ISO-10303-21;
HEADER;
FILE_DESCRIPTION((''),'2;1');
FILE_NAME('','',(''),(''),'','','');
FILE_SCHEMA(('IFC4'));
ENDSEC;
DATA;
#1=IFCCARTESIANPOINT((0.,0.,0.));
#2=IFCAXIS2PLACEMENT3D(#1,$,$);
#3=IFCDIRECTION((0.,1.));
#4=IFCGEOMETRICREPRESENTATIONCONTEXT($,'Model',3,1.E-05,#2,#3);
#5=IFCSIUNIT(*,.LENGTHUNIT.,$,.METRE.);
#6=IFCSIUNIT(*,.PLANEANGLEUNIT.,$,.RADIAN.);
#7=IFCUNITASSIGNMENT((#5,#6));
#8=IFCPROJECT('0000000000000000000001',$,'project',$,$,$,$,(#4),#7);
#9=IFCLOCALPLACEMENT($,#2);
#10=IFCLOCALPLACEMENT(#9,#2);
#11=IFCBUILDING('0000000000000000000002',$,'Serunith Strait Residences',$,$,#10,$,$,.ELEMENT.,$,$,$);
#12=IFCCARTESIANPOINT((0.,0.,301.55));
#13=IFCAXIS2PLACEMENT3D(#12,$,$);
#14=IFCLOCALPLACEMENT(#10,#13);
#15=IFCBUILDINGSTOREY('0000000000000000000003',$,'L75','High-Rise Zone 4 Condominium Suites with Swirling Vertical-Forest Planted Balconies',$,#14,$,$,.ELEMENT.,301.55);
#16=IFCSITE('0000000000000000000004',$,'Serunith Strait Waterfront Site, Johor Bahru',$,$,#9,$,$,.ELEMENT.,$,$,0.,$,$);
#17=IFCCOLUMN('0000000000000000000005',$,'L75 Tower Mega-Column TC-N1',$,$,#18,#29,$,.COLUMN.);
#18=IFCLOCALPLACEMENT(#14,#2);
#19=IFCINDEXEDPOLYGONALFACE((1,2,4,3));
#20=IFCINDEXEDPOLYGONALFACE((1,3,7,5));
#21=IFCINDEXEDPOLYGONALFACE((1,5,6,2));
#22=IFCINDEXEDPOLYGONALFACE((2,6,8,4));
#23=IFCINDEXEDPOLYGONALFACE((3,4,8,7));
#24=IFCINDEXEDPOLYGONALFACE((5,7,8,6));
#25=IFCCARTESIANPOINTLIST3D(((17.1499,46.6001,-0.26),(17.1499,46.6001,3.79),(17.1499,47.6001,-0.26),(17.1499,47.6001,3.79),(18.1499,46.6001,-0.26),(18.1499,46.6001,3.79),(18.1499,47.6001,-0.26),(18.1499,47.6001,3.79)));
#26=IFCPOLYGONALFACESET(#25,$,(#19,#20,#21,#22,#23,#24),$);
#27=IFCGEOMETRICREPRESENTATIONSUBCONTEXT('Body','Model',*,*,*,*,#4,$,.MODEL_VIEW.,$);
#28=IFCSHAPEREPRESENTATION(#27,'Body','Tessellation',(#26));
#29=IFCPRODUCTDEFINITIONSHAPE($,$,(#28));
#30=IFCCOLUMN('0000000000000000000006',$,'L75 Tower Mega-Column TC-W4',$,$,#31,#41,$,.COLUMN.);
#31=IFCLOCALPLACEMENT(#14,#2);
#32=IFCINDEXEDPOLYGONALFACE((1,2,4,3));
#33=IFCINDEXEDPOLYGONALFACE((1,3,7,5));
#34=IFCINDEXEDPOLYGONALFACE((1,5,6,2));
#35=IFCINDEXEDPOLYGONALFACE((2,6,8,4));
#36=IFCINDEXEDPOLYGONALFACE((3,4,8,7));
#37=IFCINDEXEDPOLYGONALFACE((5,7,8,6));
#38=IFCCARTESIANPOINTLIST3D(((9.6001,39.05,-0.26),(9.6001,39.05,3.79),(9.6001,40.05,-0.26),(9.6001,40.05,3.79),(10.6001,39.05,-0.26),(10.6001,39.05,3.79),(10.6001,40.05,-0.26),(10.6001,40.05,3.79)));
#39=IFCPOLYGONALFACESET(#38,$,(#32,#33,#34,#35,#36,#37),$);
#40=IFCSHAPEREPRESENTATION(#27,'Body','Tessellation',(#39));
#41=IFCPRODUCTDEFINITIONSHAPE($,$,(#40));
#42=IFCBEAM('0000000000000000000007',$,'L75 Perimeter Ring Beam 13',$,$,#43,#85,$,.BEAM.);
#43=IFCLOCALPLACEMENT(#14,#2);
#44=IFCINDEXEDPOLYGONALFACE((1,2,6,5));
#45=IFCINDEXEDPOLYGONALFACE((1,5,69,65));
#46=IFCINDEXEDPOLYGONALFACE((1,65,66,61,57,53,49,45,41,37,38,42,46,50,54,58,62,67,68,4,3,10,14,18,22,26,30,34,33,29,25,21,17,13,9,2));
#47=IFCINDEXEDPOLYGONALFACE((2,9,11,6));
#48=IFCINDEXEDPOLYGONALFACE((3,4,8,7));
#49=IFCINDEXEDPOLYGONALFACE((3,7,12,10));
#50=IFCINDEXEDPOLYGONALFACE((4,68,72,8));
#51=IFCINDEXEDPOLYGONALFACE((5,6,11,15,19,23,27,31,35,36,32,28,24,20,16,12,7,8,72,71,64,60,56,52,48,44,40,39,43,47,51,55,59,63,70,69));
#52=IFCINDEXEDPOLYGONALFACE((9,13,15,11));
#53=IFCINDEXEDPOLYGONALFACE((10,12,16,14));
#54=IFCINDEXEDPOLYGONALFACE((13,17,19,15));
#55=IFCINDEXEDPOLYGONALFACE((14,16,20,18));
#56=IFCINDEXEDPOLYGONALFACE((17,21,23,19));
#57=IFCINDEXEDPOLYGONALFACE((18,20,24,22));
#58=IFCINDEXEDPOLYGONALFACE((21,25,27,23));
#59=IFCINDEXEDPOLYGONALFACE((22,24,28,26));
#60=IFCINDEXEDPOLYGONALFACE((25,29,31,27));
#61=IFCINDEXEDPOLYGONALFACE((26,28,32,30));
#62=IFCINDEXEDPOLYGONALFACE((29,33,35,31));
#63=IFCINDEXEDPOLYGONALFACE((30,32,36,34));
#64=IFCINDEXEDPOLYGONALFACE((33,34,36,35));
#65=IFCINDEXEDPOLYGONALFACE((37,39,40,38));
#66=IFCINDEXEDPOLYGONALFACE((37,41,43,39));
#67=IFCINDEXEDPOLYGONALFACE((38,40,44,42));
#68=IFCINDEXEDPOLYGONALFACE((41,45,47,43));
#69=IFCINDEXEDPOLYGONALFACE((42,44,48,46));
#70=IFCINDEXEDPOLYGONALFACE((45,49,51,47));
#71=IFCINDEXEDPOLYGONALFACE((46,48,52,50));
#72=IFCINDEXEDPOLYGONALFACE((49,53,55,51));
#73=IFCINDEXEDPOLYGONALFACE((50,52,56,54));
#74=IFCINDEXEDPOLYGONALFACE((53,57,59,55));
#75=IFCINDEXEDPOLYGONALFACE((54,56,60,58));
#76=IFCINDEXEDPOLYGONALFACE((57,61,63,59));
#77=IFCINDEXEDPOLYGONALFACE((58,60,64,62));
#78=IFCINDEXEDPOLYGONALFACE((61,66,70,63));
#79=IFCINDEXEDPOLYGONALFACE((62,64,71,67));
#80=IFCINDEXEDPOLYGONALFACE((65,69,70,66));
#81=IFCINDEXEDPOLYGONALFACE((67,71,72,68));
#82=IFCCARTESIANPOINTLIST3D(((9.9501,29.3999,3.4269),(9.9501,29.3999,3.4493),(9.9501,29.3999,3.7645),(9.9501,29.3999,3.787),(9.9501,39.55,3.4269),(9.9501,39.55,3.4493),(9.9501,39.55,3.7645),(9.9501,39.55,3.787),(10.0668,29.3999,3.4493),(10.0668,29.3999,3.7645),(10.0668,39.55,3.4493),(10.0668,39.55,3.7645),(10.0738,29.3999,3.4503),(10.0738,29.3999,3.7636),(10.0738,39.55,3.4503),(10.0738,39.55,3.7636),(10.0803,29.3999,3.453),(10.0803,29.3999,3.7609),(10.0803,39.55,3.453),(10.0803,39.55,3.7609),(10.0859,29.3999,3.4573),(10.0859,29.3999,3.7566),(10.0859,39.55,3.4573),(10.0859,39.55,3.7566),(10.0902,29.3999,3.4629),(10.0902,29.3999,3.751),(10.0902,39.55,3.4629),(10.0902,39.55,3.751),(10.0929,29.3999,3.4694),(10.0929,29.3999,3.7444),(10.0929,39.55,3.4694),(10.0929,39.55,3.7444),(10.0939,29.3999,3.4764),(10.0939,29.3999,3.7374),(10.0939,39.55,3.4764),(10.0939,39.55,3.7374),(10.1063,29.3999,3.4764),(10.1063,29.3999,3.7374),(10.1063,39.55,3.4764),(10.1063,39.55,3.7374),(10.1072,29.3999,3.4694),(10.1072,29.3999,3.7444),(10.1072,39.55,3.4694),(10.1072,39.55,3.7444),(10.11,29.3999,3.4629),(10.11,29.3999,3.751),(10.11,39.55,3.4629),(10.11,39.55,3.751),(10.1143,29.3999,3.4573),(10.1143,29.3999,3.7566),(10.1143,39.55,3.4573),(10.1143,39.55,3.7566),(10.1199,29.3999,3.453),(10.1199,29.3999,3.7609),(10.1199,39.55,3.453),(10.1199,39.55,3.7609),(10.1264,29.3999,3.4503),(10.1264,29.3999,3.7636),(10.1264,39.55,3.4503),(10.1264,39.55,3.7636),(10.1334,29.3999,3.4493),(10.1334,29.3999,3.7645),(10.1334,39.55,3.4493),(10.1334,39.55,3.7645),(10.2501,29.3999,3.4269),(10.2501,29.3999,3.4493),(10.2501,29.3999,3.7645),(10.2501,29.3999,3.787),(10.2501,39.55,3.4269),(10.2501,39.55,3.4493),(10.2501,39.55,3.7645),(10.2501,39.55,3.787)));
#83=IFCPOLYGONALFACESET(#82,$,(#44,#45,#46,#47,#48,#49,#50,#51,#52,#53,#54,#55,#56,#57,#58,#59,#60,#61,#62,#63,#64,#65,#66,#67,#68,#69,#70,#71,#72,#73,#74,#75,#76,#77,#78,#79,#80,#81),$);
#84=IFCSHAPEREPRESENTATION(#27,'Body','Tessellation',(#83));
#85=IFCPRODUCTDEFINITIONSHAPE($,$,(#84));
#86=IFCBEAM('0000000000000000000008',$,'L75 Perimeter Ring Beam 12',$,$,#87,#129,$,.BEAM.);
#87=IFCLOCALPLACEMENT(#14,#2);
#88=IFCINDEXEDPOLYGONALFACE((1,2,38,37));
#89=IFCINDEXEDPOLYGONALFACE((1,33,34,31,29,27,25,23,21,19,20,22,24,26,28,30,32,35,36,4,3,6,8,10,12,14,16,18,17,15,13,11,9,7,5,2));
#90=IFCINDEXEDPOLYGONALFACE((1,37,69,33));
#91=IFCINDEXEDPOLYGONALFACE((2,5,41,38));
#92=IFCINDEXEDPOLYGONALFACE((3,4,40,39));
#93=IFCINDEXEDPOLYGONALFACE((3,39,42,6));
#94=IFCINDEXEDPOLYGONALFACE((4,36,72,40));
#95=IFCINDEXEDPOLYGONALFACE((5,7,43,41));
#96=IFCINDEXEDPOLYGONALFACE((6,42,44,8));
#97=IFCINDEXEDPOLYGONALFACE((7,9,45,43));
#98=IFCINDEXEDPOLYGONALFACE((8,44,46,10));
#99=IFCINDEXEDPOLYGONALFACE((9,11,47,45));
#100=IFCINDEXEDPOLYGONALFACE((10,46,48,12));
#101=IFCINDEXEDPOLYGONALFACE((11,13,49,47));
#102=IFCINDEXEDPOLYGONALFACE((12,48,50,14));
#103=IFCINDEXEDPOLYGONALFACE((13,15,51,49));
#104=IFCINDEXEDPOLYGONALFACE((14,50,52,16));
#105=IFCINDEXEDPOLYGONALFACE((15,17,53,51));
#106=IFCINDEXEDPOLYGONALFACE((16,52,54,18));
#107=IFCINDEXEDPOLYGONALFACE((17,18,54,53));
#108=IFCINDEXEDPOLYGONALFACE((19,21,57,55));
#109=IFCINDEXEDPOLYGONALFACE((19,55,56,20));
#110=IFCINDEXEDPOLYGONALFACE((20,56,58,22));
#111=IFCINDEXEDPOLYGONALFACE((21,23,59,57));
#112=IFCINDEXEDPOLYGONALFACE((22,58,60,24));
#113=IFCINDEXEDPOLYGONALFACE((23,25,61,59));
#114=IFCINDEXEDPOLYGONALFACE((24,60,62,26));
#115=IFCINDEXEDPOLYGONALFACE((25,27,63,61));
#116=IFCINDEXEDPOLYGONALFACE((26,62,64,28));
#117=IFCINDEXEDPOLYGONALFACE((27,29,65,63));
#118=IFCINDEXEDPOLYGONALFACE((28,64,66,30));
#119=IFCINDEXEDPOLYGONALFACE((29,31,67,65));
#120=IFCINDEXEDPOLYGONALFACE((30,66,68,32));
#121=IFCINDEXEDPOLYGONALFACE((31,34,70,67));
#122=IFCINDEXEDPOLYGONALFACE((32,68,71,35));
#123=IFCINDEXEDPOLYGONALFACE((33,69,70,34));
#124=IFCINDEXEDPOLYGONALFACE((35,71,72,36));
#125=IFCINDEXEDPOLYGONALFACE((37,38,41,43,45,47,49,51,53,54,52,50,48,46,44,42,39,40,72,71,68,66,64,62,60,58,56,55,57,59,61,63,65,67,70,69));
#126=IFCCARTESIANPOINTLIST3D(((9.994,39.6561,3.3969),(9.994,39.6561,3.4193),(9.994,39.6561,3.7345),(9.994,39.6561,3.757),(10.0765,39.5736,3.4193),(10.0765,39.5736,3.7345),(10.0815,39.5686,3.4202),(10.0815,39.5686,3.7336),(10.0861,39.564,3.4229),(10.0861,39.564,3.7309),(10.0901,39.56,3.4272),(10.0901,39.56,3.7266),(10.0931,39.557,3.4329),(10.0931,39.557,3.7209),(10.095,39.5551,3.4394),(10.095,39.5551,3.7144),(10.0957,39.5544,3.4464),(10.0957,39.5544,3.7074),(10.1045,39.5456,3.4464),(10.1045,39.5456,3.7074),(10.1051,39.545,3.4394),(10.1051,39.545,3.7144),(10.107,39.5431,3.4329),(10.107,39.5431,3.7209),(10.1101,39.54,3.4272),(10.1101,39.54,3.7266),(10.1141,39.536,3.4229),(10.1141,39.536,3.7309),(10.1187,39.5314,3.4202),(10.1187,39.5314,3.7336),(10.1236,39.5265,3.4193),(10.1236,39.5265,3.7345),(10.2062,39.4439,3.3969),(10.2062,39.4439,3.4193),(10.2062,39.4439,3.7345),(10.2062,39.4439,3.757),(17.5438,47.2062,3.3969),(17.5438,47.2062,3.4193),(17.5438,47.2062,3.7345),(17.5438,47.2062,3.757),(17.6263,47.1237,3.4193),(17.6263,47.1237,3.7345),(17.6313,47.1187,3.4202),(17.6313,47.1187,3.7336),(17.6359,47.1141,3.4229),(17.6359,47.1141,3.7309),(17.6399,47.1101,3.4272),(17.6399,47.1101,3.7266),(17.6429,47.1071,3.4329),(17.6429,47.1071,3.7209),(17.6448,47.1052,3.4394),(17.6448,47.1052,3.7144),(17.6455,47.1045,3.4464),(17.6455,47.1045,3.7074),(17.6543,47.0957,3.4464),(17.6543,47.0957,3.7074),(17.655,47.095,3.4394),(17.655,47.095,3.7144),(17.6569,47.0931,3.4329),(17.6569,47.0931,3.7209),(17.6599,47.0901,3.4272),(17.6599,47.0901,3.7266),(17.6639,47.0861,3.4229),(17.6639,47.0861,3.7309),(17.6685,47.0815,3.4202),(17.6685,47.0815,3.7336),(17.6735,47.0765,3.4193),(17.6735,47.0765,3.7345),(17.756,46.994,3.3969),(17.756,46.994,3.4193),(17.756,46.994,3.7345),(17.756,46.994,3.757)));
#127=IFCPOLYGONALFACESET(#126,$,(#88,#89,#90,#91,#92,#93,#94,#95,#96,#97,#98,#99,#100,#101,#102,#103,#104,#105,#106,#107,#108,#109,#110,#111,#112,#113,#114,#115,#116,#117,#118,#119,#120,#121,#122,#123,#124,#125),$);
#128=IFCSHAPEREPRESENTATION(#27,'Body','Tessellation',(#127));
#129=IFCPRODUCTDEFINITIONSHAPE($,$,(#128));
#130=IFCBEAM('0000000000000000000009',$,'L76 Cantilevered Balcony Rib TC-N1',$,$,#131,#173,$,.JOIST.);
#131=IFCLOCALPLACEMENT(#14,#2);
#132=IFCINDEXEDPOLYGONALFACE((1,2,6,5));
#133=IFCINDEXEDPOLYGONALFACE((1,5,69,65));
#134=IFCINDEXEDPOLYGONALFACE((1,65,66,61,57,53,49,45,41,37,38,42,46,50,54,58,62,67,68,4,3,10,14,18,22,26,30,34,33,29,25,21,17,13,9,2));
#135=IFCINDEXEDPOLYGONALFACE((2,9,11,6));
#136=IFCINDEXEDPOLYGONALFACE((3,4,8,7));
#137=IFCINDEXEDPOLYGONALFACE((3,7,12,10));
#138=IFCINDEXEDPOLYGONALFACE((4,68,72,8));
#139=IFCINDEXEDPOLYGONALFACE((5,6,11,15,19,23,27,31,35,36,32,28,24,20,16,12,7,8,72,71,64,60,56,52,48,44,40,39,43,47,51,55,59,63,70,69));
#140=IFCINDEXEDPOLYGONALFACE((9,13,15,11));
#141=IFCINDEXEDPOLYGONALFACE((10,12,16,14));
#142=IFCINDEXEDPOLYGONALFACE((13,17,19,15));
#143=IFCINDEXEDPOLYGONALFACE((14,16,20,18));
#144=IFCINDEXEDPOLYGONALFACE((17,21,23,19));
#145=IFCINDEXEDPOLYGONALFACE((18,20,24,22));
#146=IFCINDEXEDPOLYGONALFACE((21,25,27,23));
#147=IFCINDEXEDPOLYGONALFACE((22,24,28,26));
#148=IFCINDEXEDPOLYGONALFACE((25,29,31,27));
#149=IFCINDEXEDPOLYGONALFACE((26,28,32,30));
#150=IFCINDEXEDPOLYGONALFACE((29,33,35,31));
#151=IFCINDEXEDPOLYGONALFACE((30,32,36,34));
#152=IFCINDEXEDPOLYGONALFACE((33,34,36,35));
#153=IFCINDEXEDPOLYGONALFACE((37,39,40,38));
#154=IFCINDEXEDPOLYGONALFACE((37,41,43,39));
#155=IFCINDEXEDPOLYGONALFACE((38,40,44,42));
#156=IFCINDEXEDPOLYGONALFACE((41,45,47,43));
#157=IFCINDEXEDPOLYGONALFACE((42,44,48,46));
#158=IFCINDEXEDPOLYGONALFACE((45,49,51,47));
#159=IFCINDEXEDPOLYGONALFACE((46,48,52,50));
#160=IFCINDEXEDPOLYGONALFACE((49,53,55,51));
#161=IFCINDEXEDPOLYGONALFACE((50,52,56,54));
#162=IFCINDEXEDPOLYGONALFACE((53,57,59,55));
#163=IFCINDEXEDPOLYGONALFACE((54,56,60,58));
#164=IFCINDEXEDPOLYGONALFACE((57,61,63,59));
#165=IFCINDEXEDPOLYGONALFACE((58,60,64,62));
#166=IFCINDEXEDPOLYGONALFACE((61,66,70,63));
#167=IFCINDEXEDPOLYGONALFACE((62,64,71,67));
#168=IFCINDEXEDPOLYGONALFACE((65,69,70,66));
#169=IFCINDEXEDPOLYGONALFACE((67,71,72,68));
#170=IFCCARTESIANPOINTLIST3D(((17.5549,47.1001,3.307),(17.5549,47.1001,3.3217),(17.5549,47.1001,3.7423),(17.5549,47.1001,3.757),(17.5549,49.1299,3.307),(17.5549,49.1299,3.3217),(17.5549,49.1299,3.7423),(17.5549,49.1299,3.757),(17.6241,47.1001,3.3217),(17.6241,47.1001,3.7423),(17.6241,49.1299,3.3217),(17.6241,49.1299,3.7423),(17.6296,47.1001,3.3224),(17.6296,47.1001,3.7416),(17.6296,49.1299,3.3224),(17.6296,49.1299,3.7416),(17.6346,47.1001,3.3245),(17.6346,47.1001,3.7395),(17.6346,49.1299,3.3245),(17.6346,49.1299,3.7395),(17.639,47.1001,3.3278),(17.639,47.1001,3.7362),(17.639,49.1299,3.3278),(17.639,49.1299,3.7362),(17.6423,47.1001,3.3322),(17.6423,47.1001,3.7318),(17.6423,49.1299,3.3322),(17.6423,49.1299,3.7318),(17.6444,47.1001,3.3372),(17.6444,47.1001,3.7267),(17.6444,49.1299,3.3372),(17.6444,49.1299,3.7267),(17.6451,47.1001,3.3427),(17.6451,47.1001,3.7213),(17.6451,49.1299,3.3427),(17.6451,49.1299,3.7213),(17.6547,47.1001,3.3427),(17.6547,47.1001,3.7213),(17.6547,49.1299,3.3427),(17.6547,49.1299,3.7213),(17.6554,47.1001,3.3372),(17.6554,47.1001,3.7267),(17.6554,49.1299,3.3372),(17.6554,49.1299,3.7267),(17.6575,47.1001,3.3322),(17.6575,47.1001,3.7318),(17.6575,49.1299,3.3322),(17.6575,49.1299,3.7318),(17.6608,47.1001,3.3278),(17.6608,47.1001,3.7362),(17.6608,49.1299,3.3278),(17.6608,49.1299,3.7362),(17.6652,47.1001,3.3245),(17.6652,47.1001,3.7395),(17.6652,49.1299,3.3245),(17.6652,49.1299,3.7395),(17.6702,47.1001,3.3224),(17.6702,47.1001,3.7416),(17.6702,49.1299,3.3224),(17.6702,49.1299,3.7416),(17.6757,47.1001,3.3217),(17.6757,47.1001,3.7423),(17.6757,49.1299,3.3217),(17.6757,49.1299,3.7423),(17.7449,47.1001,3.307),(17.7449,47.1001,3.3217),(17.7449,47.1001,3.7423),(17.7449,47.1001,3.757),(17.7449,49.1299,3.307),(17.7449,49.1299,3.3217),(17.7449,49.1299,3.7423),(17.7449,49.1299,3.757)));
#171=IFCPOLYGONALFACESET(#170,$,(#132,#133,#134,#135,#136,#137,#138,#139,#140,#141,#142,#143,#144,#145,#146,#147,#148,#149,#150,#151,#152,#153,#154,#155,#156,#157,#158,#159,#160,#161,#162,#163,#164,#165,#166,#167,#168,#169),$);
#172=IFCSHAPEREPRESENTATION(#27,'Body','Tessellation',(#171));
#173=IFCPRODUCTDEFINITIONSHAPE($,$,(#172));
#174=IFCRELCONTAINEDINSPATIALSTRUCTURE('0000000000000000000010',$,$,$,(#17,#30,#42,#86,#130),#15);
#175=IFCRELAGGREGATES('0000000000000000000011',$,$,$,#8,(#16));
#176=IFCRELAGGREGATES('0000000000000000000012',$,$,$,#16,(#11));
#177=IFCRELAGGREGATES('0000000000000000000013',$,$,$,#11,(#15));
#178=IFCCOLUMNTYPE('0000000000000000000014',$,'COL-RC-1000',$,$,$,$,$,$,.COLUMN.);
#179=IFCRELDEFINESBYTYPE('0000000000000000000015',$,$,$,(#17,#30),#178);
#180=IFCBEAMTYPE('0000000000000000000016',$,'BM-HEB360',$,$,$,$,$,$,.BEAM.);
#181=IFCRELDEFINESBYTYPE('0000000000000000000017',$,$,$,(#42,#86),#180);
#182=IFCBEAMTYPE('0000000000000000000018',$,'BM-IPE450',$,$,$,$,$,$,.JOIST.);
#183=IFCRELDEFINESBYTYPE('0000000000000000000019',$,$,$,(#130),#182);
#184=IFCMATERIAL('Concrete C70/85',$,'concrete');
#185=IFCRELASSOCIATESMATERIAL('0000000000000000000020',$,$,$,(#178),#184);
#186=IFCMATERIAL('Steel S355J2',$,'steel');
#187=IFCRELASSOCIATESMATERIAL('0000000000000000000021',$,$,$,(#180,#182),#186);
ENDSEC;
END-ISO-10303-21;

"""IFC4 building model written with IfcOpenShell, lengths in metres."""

from ifc_helpers import new_model, si_unit, direction, frame, origin, origin_2d, place, context, subcontext, project, spatial, rectangle, i_section, extrude, source, transform, mapped, material, material_profile, profile_set, type_object, element, save


model = new_model("IFC4")

# Units and contexts
model_context = context("Model", 3, precision=1e-05, world=origin(), true_north=direction((0.0, 1.0)))
body_context = subcontext(model_context, "Body", "Model", "MODEL_VIEW")
ifc_project = project(units=[si_unit("LENGTHUNIT", "METRE"), si_unit("PLANEANGLEUNIT", "RADIAN")], contexts=[model_context])

# Site, building, storey
site_placement = place(None, origin())
site = spatial("IfcSite", under=ifc_project, at=site_placement, Name="Serunith Strait Waterfront Site, Johor Bahru", CompositionType="ELEMENT", RefElevation=0.0)
building_placement = place(site_placement, origin())
building = spatial("IfcBuilding", under=site, at=building_placement, Name="Serunith Strait Residences", CompositionType="ELEMENT")
storey_placement = place(building_placement, frame((0.0, 0.0, 301.55)))
storey = spatial("IfcBuildingStorey", under=building, at=storey_placement, Name="L75", Description="High-Rise Zone 4 Condominium Suites with Swirling Vertical-Forest Planted Balconies", CompositionType="ELEMENT", Elevation=301.55)

# Columns
ifc_material_1 = material(Name="Concrete C70/85", Category="concrete")
ifc_material_profile_1 = material_profile(ifc_material_1, rectangle(XDim=1.0, YDim=1.0, at=origin_2d()), Name="RC 1000x1000")
ifc_profile_set_1 = profile_set([ifc_material_profile_1], Name="Concrete C70/85")
column_type = type_object("IfcColumnType", Name="COL-RC-1000", PredefinedType="COLUMN", material=ifc_profile_set_1)
shared_shape_1 = source(origin(), body_context, "Body", "SweptSolid", [
    extrude(rectangle(XDim=1.0, YDim=1.0, at=origin_2d()), origin(), (0.0, 0.0, 1.0), 4.05),
])
for number, where, z_axis, x_axis, name in (
    (1, (17.6499, 47.1001, -0.26), (0.0, 0.0, 1.0), (1.0, 0.0, 0.0), "L75 Tower Mega-Column TC-N1"),
    (2, (10.1001, 39.55, -0.26), (0.0, 0.0, 1.0), (1.0, 0.0, 0.0), "L75 Tower Mega-Column TC-W4"),
):
    element("IfcColumn", number, at=place(storey_placement, frame(where, z_axis=z_axis, x_axis=x_axis)), inside=storey, type_object=column_type, Name=name, PredefinedType="COLUMN", context=body_context, shape_type="MappedRepresentation", body=[
        mapped(shared_shape_1, transform((0.0, 0.0, 0.0), scale=1.0)),
    ])

# Beams
ifc_material_2 = material(Name="Steel S355J2", Category="steel")
ifc_material_profile_2 = material_profile(ifc_material_2, i_section(OverallWidth=0.3, OverallDepth=0.3601, WebThickness=0.0125, FlangeThickness=0.0225, FilletRadius=0.0271, at=origin_2d()), Name="HEB 360")
ifc_profile_set_2 = profile_set([ifc_material_profile_2], Name="Steel S355J2")
beam_type_1 = type_object("IfcBeamType", Name="BM-HEB360", PredefinedType="BEAM", material=ifc_profile_set_2)
shared_shape_2 = source(origin(), body_context, "Body", "SweptSolid", [
    extrude(i_section(OverallWidth=0.3, OverallDepth=0.3601, WebThickness=0.0125, FlangeThickness=0.0225, FilletRadius=0.0271, at=origin_2d()), origin(), (0.0, 0.0, 1.0), 10.1501),
])
beam_1_placement = place(storey_placement, frame((10.1001, 39.55, 3.6069), z_axis=(0.0, -1.0, 0.0), x_axis=(1.0, 0.0, 0.0)))
element("IfcBeam", 3, at=beam_1_placement, inside=storey, type_object=beam_type_1, Name="L75 Perimeter Ring Beam 13", PredefinedType="BEAM", context=body_context, shape_type="MappedRepresentation", body=[
    mapped(shared_shape_2, transform((0.0, 0.0, 0.0), scale=1.0)),
])
shared_shape_3 = source(origin(), body_context, "Body", "SweptSolid", [
    extrude(i_section(OverallWidth=0.3, OverallDepth=0.3601, WebThickness=0.0125, FlangeThickness=0.0225, FilletRadius=0.0271, at=origin_2d()), origin(), (0.0, 0.0, 1.0), 10.6772),
])
beam_2_placement = place(storey_placement, frame((17.6499, 47.1001, 3.5769), z_axis=(-0.707095, -0.707118, 0.0), x_axis=(0.707118, -0.707095, 0.0)))
element("IfcBeam", 4, at=beam_2_placement, inside=storey, type_object=beam_type_1, Name="L75 Perimeter Ring Beam 12", PredefinedType="BEAM", context=body_context, shape_type="MappedRepresentation", body=[
    mapped(shared_shape_3, transform((0.0, 0.0, 0.0), scale=1.0)),
])
ifc_material_profile_3 = material_profile(ifc_material_2, i_section(OverallWidth=0.1899, OverallDepth=0.45, WebThickness=0.0095, FlangeThickness=0.0146, FilletRadius=0.021, at=origin_2d()), Name="IPE 450")
ifc_profile_set_3 = profile_set([ifc_material_profile_3], Name="Steel S355J2")
beam_type_2 = type_object("IfcBeamType", Name="BM-IPE450", PredefinedType="JOIST", material=ifc_profile_set_3)
shared_shape_4 = source(origin(), body_context, "Body", "SweptSolid", [
    extrude(i_section(OverallWidth=0.1899, OverallDepth=0.45, WebThickness=0.0095, FlangeThickness=0.0146, FilletRadius=0.021, at=origin_2d()), origin(), (0.0, 0.0, 1.0), 2.0298),
])
beam_3_placement = place(storey_placement, frame((17.6499, 47.1001, 3.532), z_axis=(0.0, 1.0, 0.0), x_axis=(-1.0, 0.0, 0.0)))
element("IfcBeam", 5, at=beam_3_placement, inside=storey, type_object=beam_type_2, Name="L76 Cantilevered Balcony Rib TC-N1", PredefinedType="JOIST", context=body_context, shape_type="MappedRepresentation", body=[
    mapped(shared_shape_4, transform((0.0, 0.0, 0.0), scale=1.0)),
])

save(model, "model.ifc")
